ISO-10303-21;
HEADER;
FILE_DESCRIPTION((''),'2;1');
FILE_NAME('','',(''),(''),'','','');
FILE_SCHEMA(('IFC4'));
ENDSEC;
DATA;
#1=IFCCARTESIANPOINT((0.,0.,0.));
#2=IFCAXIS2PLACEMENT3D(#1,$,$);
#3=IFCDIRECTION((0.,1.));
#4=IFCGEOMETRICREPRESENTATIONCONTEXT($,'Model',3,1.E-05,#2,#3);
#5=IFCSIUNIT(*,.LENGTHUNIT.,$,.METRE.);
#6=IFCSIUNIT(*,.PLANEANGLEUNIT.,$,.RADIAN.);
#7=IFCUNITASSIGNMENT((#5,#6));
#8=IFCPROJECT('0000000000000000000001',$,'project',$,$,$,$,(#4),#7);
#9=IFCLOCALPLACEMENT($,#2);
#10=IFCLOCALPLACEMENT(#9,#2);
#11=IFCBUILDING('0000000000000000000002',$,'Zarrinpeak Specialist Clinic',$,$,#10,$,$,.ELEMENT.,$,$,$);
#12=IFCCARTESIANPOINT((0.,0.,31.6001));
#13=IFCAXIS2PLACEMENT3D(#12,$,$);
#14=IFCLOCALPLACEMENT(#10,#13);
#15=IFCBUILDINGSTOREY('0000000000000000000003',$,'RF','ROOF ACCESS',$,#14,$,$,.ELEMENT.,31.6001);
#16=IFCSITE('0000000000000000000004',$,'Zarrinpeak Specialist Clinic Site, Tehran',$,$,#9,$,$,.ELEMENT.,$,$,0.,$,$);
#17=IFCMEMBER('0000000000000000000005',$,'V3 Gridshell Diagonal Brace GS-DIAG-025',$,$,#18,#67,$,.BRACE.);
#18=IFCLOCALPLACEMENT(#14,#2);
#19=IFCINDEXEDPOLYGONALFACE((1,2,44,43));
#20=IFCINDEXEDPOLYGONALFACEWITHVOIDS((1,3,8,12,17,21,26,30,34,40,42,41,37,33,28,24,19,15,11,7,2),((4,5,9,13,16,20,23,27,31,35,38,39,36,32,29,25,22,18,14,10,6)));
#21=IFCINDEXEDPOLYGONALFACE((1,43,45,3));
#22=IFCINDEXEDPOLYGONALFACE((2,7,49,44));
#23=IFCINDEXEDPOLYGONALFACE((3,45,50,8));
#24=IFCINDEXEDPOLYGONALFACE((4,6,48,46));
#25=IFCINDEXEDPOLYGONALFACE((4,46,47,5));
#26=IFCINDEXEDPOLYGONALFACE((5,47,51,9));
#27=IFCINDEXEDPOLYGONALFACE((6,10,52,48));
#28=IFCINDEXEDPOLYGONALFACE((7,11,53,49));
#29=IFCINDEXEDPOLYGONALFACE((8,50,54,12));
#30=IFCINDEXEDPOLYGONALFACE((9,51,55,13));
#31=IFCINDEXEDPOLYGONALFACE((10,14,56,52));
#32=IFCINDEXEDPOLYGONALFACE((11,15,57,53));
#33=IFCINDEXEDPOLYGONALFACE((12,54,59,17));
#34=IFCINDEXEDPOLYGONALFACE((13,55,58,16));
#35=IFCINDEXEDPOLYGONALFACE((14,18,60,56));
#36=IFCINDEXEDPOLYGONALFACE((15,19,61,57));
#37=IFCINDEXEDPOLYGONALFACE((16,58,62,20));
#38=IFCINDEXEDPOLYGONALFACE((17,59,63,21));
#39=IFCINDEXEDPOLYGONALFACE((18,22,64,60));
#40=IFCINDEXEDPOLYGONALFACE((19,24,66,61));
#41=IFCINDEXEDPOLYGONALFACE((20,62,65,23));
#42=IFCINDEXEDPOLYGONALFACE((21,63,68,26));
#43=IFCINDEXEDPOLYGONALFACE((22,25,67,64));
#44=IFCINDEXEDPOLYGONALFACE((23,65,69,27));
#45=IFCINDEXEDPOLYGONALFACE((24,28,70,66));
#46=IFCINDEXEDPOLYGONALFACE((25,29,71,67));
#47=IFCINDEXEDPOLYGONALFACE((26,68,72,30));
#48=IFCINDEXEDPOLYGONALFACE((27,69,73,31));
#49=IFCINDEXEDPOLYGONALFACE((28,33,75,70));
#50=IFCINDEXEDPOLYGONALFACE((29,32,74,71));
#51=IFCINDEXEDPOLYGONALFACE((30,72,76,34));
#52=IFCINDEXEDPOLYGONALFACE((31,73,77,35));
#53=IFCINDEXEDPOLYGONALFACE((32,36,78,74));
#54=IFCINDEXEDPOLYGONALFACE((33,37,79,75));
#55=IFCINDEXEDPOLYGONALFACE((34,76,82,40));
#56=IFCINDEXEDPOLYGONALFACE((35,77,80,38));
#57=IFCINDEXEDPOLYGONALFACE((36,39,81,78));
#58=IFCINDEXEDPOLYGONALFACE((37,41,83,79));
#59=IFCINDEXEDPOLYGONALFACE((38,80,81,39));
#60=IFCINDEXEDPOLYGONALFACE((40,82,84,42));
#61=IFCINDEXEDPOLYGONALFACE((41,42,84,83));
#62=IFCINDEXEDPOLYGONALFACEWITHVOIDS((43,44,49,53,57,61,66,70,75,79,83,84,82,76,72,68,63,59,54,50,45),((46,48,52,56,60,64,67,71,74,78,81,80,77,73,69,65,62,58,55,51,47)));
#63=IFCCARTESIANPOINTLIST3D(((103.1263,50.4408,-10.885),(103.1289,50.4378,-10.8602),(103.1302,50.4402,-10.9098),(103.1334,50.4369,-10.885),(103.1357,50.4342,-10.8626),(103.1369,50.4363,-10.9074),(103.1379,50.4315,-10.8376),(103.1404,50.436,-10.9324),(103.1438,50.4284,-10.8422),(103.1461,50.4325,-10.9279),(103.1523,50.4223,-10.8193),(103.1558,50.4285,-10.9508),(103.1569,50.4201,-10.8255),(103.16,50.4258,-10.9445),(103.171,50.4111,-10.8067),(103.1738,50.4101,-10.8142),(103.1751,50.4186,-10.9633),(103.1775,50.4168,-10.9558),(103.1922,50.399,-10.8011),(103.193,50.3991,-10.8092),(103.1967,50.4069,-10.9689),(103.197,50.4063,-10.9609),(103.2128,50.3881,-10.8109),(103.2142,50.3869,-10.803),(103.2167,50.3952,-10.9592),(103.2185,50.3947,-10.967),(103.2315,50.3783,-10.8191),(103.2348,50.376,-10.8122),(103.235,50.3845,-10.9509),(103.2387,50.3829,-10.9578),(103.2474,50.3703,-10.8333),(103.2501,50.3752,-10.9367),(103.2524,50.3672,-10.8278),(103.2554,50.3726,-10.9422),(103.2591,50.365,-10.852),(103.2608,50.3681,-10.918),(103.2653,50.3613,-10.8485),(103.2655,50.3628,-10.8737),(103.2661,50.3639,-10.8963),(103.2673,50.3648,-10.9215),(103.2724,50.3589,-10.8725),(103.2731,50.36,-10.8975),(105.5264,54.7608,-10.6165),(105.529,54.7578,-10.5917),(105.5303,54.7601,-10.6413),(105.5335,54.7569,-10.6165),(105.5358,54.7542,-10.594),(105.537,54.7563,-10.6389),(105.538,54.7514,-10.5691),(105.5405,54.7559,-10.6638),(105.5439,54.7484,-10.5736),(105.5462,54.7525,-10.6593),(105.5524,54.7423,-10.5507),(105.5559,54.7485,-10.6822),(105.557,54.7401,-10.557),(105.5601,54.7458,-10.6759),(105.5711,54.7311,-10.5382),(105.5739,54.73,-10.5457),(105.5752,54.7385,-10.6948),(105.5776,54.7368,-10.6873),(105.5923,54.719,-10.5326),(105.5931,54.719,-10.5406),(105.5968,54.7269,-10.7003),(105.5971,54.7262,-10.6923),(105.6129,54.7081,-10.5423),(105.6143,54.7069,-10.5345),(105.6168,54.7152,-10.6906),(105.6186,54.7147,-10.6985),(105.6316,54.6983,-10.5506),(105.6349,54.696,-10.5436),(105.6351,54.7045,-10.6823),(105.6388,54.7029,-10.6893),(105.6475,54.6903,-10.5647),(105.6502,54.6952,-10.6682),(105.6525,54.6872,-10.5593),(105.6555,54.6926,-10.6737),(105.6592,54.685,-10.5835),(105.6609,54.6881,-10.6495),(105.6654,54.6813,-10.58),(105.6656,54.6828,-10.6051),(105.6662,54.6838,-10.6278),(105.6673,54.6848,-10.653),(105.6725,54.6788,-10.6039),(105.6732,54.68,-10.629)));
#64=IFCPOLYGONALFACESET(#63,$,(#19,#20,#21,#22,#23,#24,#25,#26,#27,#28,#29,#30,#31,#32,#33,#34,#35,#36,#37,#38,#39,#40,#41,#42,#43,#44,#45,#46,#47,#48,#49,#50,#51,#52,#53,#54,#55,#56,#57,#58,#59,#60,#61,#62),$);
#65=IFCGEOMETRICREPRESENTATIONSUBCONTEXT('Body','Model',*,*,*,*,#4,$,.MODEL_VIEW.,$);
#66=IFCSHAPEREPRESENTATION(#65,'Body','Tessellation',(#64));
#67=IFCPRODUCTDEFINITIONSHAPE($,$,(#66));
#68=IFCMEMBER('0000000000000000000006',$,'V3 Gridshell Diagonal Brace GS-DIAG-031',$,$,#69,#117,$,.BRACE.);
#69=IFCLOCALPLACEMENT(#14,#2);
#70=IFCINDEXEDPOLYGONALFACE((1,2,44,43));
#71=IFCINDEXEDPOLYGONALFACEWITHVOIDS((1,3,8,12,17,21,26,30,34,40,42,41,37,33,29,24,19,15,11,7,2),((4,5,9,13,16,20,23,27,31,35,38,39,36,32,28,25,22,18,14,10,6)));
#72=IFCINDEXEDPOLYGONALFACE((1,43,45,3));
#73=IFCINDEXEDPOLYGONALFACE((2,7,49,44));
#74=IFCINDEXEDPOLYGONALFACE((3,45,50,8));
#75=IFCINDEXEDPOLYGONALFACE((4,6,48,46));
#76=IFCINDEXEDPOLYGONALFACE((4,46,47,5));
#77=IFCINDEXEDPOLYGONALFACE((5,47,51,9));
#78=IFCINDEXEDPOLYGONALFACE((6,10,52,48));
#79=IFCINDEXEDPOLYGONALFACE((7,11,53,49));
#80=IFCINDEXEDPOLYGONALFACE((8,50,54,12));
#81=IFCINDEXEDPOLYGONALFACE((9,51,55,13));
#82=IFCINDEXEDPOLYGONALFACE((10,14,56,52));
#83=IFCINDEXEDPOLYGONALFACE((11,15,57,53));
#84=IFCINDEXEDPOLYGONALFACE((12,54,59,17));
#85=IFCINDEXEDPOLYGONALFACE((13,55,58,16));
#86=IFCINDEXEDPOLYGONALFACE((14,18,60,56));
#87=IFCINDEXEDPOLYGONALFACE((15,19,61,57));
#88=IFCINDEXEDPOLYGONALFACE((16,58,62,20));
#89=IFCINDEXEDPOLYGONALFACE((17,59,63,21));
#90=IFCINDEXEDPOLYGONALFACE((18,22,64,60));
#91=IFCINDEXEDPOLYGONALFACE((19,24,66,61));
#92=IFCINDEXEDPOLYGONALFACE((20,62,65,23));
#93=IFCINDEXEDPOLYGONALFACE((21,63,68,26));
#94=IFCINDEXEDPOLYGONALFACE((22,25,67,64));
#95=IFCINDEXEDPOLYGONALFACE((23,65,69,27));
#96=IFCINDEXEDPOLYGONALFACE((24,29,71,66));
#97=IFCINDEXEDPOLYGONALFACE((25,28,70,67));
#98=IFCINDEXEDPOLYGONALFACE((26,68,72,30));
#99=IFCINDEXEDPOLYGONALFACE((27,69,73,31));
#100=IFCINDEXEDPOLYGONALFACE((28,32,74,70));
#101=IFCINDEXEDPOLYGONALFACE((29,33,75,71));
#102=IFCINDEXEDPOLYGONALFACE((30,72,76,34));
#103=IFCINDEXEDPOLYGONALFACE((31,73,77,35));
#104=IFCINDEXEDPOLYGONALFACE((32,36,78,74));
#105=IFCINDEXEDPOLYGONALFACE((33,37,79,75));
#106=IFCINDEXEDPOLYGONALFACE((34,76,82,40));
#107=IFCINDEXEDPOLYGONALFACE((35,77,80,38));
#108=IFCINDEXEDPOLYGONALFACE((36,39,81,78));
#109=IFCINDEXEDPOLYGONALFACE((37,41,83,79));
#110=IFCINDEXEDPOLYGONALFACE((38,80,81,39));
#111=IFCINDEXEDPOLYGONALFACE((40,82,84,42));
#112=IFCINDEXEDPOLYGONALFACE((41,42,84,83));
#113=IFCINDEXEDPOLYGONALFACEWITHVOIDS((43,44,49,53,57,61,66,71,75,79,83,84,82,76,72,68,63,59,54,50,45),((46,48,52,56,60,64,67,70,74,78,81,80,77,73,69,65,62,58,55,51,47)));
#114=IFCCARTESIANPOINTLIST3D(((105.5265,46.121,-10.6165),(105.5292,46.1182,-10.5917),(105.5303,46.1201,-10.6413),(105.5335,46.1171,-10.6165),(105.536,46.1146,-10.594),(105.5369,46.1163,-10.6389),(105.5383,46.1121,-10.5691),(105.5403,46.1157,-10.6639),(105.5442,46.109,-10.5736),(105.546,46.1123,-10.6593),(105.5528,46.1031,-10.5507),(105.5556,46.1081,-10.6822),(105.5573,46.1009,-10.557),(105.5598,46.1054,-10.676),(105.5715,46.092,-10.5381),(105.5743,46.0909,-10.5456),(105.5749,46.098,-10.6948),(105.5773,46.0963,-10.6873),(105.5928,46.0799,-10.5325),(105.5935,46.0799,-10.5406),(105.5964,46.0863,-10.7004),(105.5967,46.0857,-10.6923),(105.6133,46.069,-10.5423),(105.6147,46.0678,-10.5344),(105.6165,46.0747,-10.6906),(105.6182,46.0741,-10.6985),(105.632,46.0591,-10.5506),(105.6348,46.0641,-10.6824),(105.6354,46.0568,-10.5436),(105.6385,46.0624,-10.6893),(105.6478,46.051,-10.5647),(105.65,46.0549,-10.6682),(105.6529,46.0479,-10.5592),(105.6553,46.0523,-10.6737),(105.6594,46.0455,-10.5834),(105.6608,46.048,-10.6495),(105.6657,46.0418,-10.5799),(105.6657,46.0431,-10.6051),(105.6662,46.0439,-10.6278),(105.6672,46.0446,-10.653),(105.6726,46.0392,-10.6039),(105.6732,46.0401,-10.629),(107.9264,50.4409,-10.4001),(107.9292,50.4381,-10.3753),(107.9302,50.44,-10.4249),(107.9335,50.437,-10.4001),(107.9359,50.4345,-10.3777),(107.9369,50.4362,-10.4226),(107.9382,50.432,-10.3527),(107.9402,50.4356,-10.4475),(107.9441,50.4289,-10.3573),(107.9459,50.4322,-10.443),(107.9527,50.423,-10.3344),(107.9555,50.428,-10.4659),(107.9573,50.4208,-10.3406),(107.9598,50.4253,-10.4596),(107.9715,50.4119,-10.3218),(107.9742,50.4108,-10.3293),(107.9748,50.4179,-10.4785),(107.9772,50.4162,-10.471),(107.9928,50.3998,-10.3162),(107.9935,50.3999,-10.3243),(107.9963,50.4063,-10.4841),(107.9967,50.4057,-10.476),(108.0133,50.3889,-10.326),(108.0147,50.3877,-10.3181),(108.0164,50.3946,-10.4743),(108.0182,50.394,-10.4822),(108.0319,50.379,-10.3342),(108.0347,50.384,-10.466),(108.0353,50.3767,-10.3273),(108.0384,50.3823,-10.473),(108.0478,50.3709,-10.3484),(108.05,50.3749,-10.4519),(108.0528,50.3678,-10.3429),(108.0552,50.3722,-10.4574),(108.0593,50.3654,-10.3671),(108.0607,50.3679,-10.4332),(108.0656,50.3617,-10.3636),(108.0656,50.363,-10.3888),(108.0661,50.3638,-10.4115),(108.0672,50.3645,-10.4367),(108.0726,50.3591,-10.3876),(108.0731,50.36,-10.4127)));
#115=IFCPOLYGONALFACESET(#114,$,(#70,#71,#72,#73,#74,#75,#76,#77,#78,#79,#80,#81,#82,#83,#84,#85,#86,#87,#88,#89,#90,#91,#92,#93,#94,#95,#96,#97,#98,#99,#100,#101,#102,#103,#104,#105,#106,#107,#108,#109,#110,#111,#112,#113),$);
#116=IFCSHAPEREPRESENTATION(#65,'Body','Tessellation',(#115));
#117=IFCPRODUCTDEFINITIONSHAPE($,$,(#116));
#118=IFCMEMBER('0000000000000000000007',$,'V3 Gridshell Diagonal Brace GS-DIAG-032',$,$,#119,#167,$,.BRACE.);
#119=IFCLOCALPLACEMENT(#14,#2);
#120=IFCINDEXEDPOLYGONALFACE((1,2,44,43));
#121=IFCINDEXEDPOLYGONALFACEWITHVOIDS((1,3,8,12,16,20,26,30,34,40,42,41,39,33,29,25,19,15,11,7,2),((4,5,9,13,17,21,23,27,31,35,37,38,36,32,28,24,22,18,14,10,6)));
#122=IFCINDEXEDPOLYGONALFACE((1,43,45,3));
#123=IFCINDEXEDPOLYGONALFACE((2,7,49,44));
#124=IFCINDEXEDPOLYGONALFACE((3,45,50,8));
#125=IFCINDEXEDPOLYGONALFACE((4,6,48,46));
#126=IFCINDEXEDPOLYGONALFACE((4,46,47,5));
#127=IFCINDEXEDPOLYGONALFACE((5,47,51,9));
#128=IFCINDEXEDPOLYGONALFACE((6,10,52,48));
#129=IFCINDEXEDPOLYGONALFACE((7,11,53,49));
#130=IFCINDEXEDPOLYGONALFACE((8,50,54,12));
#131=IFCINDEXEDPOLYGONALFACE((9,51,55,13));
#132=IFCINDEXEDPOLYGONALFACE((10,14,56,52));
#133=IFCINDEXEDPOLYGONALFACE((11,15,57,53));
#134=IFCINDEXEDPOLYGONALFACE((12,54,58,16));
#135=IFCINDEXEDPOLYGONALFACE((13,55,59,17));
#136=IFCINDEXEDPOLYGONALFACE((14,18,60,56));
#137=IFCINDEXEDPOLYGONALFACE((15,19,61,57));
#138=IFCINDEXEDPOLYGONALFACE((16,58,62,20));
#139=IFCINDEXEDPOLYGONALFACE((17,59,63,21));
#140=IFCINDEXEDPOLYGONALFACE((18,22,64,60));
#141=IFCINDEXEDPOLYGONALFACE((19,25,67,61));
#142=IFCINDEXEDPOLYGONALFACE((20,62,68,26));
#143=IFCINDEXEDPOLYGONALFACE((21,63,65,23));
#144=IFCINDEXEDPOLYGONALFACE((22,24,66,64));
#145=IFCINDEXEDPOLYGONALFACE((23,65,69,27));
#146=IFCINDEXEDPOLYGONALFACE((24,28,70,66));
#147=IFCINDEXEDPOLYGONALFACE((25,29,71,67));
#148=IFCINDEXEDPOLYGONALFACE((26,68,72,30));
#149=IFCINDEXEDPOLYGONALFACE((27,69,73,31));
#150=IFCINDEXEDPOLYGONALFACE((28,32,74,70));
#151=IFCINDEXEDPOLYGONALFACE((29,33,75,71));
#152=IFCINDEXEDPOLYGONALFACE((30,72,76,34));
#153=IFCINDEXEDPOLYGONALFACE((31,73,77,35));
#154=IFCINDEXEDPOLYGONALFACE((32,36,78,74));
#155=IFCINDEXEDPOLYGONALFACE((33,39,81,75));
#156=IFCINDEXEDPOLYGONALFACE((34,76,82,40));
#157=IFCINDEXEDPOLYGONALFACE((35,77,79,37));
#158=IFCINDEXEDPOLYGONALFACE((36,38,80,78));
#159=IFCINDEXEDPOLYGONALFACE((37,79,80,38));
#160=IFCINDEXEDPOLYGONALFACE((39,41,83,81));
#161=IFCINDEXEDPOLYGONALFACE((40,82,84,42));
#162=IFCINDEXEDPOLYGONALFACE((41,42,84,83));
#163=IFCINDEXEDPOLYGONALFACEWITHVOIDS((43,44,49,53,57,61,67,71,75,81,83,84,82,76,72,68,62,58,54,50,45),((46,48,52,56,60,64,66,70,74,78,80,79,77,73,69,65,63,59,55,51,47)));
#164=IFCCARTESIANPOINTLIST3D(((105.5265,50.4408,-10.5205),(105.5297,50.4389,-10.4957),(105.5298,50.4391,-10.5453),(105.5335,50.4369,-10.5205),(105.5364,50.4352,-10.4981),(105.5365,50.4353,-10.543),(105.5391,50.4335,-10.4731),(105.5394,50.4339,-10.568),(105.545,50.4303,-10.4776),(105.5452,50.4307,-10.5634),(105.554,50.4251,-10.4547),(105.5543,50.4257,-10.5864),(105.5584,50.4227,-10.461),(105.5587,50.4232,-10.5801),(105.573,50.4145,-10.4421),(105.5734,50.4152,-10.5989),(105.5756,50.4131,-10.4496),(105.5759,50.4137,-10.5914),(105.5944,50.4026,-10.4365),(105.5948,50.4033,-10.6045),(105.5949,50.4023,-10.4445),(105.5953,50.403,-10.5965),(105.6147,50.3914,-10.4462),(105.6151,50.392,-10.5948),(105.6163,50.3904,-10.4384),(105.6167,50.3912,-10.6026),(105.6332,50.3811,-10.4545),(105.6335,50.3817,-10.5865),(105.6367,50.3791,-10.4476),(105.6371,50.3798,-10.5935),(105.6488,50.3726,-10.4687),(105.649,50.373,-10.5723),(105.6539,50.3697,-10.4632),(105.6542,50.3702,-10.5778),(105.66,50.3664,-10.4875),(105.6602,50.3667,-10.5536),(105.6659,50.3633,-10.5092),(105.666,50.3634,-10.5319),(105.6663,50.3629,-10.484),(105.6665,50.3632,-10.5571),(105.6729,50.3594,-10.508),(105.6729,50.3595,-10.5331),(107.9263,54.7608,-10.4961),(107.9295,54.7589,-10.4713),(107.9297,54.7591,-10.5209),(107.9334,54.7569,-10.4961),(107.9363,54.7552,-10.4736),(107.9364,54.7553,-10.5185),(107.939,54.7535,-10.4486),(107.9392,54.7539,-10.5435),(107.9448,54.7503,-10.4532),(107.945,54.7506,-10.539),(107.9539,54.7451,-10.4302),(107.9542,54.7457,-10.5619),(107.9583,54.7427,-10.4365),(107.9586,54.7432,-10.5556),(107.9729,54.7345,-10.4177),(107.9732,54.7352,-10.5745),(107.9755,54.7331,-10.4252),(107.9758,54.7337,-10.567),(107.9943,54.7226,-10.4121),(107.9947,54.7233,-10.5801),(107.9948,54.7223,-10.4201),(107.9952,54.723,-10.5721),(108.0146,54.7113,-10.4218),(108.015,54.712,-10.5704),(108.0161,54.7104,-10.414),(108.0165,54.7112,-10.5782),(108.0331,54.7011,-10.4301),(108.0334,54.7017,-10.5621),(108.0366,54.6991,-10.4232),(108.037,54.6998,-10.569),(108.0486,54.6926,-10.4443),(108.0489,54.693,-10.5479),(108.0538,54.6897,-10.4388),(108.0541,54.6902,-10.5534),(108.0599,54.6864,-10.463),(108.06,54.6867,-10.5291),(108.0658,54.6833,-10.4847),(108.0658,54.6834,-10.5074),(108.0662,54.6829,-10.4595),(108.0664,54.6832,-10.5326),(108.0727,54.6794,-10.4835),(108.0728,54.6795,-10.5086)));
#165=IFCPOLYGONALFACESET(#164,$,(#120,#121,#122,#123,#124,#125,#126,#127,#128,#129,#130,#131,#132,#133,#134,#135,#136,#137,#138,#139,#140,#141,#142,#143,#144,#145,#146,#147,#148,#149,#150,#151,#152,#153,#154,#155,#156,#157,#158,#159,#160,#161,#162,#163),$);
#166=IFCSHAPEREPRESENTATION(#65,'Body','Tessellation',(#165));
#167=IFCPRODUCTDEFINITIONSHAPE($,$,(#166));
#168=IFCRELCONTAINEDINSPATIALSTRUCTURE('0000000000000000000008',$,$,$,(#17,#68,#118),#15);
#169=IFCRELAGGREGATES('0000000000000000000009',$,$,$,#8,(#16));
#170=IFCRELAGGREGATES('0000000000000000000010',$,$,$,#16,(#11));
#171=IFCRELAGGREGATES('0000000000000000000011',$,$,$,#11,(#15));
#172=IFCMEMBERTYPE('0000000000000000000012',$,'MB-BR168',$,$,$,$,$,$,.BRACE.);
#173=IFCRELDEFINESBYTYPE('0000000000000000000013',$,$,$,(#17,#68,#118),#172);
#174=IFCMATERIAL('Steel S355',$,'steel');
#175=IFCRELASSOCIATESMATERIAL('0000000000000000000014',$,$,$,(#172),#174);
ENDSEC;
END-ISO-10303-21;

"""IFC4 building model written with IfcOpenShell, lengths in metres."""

from ifc_helpers import new_model, si_unit, direction, frame, origin, origin_2d, place, context, subcontext, project, spatial, hollow_circle, extrude, material, material_profile, profile_set, type_object, element, save


model = new_model("IFC4")

# Units and contexts
model_context = context("Model", 3, precision=1e-05, world=origin(), true_north=direction((0.0, 1.0)))
body_context = subcontext(model_context, "Body", "Model", "MODEL_VIEW")
ifc_project = project(units=[si_unit("LENGTHUNIT", "METRE"), si_unit("PLANEANGLEUNIT", "RADIAN")], contexts=[model_context])

# Site, building, storey
site_placement = place(None, origin())
site = spatial("IfcSite", under=ifc_project, at=site_placement, Name="Zarrinpeak Specialist Clinic Site, Tehran", CompositionType="ELEMENT", RefElevation=0.0)
building_placement = place(site_placement, origin())
building = spatial("IfcBuilding", under=site, at=building_placement, Name="Zarrinpeak Specialist Clinic", CompositionType="ELEMENT")
storey_placement = place(building_placement, frame((0.0, 0.0, 31.6001)))
storey = spatial("IfcBuildingStorey", under=building, at=storey_placement, Name="RF", Description="ROOF ACCESS", CompositionType="ELEMENT", Elevation=31.6001)

# Members
ifc_material_1 = material(Name="Steel S355", Category="steel")
ifc_material_profile_1 = material_profile(ifc_material_1, hollow_circle(Radius=0.0842, WallThickness=0.0081, at=origin_2d()), Name="CHS 168.3x8.0")
ifc_profile_set_1 = profile_set([ifc_material_profile_1], Name="Steel S355")
member_type_1 = type_object("IfcMemberType", Name="MB-BR168", PredefinedType="BRACE", material=ifc_profile_set_1)
member_1_placement = place(storey_placement, frame((103.2, 50.3999, -10.885), z_axis=(0.484944, 0.87286, 0.054261), x_axis=(-0.874148, 0.48566, 0.0)))
element("IfcMember", 1, at=member_1_placement, inside=storey, type_object=member_type_1, Name="V3 Gridshell Diagonal Brace GS-DIAG-025", PredefinedType="BRACE", context=body_context, shape_type="SweptSolid", body=[
    extrude(hollow_circle(Radius=0.0842, WallThickness=0.0081, at=origin_2d()), origin(), (0.0, 0.0, 1.0), 4.9492),
])
member_2_placement = place(storey_placement, frame((105.6001, 46.0801, -10.6165), z_axis=(0.485178, 0.873321, 0.04373), x_axis=(-0.874157, 0.485643, 0.0)))
element("IfcMember", 2, at=member_2_placement, inside=storey, type_object=member_type_1, Name="V3 Gridshell Diagonal Brace GS-DIAG-031", PredefinedType="BRACE", context=body_context, shape_type="SweptSolid", body=[
    extrude(hollow_circle(Radius=0.0842, WallThickness=0.0081, at=origin_2d()), origin(), (0.0, 0.0, 1.0), 4.9465),
])
member_3_placement = place(storey_placement, frame((105.6001, 50.3999, -10.5205), z_axis=(0.485616, 0.874158, 0.00494), x_axis=(-0.874169, 0.485622, 0.0)))
element("IfcMember", 3, at=member_3_placement, inside=storey, type_object=member_type_1, Name="V3 Gridshell Diagonal Brace GS-DIAG-032", PredefinedType="BRACE", context=body_context, shape_type="SweptSolid", body=[
    extrude(hollow_circle(Radius=0.0842, WallThickness=0.0081, at=origin_2d()), origin(), (0.0, 0.0, 1.0), 4.9419),
])

save(model, "model.ifc")
